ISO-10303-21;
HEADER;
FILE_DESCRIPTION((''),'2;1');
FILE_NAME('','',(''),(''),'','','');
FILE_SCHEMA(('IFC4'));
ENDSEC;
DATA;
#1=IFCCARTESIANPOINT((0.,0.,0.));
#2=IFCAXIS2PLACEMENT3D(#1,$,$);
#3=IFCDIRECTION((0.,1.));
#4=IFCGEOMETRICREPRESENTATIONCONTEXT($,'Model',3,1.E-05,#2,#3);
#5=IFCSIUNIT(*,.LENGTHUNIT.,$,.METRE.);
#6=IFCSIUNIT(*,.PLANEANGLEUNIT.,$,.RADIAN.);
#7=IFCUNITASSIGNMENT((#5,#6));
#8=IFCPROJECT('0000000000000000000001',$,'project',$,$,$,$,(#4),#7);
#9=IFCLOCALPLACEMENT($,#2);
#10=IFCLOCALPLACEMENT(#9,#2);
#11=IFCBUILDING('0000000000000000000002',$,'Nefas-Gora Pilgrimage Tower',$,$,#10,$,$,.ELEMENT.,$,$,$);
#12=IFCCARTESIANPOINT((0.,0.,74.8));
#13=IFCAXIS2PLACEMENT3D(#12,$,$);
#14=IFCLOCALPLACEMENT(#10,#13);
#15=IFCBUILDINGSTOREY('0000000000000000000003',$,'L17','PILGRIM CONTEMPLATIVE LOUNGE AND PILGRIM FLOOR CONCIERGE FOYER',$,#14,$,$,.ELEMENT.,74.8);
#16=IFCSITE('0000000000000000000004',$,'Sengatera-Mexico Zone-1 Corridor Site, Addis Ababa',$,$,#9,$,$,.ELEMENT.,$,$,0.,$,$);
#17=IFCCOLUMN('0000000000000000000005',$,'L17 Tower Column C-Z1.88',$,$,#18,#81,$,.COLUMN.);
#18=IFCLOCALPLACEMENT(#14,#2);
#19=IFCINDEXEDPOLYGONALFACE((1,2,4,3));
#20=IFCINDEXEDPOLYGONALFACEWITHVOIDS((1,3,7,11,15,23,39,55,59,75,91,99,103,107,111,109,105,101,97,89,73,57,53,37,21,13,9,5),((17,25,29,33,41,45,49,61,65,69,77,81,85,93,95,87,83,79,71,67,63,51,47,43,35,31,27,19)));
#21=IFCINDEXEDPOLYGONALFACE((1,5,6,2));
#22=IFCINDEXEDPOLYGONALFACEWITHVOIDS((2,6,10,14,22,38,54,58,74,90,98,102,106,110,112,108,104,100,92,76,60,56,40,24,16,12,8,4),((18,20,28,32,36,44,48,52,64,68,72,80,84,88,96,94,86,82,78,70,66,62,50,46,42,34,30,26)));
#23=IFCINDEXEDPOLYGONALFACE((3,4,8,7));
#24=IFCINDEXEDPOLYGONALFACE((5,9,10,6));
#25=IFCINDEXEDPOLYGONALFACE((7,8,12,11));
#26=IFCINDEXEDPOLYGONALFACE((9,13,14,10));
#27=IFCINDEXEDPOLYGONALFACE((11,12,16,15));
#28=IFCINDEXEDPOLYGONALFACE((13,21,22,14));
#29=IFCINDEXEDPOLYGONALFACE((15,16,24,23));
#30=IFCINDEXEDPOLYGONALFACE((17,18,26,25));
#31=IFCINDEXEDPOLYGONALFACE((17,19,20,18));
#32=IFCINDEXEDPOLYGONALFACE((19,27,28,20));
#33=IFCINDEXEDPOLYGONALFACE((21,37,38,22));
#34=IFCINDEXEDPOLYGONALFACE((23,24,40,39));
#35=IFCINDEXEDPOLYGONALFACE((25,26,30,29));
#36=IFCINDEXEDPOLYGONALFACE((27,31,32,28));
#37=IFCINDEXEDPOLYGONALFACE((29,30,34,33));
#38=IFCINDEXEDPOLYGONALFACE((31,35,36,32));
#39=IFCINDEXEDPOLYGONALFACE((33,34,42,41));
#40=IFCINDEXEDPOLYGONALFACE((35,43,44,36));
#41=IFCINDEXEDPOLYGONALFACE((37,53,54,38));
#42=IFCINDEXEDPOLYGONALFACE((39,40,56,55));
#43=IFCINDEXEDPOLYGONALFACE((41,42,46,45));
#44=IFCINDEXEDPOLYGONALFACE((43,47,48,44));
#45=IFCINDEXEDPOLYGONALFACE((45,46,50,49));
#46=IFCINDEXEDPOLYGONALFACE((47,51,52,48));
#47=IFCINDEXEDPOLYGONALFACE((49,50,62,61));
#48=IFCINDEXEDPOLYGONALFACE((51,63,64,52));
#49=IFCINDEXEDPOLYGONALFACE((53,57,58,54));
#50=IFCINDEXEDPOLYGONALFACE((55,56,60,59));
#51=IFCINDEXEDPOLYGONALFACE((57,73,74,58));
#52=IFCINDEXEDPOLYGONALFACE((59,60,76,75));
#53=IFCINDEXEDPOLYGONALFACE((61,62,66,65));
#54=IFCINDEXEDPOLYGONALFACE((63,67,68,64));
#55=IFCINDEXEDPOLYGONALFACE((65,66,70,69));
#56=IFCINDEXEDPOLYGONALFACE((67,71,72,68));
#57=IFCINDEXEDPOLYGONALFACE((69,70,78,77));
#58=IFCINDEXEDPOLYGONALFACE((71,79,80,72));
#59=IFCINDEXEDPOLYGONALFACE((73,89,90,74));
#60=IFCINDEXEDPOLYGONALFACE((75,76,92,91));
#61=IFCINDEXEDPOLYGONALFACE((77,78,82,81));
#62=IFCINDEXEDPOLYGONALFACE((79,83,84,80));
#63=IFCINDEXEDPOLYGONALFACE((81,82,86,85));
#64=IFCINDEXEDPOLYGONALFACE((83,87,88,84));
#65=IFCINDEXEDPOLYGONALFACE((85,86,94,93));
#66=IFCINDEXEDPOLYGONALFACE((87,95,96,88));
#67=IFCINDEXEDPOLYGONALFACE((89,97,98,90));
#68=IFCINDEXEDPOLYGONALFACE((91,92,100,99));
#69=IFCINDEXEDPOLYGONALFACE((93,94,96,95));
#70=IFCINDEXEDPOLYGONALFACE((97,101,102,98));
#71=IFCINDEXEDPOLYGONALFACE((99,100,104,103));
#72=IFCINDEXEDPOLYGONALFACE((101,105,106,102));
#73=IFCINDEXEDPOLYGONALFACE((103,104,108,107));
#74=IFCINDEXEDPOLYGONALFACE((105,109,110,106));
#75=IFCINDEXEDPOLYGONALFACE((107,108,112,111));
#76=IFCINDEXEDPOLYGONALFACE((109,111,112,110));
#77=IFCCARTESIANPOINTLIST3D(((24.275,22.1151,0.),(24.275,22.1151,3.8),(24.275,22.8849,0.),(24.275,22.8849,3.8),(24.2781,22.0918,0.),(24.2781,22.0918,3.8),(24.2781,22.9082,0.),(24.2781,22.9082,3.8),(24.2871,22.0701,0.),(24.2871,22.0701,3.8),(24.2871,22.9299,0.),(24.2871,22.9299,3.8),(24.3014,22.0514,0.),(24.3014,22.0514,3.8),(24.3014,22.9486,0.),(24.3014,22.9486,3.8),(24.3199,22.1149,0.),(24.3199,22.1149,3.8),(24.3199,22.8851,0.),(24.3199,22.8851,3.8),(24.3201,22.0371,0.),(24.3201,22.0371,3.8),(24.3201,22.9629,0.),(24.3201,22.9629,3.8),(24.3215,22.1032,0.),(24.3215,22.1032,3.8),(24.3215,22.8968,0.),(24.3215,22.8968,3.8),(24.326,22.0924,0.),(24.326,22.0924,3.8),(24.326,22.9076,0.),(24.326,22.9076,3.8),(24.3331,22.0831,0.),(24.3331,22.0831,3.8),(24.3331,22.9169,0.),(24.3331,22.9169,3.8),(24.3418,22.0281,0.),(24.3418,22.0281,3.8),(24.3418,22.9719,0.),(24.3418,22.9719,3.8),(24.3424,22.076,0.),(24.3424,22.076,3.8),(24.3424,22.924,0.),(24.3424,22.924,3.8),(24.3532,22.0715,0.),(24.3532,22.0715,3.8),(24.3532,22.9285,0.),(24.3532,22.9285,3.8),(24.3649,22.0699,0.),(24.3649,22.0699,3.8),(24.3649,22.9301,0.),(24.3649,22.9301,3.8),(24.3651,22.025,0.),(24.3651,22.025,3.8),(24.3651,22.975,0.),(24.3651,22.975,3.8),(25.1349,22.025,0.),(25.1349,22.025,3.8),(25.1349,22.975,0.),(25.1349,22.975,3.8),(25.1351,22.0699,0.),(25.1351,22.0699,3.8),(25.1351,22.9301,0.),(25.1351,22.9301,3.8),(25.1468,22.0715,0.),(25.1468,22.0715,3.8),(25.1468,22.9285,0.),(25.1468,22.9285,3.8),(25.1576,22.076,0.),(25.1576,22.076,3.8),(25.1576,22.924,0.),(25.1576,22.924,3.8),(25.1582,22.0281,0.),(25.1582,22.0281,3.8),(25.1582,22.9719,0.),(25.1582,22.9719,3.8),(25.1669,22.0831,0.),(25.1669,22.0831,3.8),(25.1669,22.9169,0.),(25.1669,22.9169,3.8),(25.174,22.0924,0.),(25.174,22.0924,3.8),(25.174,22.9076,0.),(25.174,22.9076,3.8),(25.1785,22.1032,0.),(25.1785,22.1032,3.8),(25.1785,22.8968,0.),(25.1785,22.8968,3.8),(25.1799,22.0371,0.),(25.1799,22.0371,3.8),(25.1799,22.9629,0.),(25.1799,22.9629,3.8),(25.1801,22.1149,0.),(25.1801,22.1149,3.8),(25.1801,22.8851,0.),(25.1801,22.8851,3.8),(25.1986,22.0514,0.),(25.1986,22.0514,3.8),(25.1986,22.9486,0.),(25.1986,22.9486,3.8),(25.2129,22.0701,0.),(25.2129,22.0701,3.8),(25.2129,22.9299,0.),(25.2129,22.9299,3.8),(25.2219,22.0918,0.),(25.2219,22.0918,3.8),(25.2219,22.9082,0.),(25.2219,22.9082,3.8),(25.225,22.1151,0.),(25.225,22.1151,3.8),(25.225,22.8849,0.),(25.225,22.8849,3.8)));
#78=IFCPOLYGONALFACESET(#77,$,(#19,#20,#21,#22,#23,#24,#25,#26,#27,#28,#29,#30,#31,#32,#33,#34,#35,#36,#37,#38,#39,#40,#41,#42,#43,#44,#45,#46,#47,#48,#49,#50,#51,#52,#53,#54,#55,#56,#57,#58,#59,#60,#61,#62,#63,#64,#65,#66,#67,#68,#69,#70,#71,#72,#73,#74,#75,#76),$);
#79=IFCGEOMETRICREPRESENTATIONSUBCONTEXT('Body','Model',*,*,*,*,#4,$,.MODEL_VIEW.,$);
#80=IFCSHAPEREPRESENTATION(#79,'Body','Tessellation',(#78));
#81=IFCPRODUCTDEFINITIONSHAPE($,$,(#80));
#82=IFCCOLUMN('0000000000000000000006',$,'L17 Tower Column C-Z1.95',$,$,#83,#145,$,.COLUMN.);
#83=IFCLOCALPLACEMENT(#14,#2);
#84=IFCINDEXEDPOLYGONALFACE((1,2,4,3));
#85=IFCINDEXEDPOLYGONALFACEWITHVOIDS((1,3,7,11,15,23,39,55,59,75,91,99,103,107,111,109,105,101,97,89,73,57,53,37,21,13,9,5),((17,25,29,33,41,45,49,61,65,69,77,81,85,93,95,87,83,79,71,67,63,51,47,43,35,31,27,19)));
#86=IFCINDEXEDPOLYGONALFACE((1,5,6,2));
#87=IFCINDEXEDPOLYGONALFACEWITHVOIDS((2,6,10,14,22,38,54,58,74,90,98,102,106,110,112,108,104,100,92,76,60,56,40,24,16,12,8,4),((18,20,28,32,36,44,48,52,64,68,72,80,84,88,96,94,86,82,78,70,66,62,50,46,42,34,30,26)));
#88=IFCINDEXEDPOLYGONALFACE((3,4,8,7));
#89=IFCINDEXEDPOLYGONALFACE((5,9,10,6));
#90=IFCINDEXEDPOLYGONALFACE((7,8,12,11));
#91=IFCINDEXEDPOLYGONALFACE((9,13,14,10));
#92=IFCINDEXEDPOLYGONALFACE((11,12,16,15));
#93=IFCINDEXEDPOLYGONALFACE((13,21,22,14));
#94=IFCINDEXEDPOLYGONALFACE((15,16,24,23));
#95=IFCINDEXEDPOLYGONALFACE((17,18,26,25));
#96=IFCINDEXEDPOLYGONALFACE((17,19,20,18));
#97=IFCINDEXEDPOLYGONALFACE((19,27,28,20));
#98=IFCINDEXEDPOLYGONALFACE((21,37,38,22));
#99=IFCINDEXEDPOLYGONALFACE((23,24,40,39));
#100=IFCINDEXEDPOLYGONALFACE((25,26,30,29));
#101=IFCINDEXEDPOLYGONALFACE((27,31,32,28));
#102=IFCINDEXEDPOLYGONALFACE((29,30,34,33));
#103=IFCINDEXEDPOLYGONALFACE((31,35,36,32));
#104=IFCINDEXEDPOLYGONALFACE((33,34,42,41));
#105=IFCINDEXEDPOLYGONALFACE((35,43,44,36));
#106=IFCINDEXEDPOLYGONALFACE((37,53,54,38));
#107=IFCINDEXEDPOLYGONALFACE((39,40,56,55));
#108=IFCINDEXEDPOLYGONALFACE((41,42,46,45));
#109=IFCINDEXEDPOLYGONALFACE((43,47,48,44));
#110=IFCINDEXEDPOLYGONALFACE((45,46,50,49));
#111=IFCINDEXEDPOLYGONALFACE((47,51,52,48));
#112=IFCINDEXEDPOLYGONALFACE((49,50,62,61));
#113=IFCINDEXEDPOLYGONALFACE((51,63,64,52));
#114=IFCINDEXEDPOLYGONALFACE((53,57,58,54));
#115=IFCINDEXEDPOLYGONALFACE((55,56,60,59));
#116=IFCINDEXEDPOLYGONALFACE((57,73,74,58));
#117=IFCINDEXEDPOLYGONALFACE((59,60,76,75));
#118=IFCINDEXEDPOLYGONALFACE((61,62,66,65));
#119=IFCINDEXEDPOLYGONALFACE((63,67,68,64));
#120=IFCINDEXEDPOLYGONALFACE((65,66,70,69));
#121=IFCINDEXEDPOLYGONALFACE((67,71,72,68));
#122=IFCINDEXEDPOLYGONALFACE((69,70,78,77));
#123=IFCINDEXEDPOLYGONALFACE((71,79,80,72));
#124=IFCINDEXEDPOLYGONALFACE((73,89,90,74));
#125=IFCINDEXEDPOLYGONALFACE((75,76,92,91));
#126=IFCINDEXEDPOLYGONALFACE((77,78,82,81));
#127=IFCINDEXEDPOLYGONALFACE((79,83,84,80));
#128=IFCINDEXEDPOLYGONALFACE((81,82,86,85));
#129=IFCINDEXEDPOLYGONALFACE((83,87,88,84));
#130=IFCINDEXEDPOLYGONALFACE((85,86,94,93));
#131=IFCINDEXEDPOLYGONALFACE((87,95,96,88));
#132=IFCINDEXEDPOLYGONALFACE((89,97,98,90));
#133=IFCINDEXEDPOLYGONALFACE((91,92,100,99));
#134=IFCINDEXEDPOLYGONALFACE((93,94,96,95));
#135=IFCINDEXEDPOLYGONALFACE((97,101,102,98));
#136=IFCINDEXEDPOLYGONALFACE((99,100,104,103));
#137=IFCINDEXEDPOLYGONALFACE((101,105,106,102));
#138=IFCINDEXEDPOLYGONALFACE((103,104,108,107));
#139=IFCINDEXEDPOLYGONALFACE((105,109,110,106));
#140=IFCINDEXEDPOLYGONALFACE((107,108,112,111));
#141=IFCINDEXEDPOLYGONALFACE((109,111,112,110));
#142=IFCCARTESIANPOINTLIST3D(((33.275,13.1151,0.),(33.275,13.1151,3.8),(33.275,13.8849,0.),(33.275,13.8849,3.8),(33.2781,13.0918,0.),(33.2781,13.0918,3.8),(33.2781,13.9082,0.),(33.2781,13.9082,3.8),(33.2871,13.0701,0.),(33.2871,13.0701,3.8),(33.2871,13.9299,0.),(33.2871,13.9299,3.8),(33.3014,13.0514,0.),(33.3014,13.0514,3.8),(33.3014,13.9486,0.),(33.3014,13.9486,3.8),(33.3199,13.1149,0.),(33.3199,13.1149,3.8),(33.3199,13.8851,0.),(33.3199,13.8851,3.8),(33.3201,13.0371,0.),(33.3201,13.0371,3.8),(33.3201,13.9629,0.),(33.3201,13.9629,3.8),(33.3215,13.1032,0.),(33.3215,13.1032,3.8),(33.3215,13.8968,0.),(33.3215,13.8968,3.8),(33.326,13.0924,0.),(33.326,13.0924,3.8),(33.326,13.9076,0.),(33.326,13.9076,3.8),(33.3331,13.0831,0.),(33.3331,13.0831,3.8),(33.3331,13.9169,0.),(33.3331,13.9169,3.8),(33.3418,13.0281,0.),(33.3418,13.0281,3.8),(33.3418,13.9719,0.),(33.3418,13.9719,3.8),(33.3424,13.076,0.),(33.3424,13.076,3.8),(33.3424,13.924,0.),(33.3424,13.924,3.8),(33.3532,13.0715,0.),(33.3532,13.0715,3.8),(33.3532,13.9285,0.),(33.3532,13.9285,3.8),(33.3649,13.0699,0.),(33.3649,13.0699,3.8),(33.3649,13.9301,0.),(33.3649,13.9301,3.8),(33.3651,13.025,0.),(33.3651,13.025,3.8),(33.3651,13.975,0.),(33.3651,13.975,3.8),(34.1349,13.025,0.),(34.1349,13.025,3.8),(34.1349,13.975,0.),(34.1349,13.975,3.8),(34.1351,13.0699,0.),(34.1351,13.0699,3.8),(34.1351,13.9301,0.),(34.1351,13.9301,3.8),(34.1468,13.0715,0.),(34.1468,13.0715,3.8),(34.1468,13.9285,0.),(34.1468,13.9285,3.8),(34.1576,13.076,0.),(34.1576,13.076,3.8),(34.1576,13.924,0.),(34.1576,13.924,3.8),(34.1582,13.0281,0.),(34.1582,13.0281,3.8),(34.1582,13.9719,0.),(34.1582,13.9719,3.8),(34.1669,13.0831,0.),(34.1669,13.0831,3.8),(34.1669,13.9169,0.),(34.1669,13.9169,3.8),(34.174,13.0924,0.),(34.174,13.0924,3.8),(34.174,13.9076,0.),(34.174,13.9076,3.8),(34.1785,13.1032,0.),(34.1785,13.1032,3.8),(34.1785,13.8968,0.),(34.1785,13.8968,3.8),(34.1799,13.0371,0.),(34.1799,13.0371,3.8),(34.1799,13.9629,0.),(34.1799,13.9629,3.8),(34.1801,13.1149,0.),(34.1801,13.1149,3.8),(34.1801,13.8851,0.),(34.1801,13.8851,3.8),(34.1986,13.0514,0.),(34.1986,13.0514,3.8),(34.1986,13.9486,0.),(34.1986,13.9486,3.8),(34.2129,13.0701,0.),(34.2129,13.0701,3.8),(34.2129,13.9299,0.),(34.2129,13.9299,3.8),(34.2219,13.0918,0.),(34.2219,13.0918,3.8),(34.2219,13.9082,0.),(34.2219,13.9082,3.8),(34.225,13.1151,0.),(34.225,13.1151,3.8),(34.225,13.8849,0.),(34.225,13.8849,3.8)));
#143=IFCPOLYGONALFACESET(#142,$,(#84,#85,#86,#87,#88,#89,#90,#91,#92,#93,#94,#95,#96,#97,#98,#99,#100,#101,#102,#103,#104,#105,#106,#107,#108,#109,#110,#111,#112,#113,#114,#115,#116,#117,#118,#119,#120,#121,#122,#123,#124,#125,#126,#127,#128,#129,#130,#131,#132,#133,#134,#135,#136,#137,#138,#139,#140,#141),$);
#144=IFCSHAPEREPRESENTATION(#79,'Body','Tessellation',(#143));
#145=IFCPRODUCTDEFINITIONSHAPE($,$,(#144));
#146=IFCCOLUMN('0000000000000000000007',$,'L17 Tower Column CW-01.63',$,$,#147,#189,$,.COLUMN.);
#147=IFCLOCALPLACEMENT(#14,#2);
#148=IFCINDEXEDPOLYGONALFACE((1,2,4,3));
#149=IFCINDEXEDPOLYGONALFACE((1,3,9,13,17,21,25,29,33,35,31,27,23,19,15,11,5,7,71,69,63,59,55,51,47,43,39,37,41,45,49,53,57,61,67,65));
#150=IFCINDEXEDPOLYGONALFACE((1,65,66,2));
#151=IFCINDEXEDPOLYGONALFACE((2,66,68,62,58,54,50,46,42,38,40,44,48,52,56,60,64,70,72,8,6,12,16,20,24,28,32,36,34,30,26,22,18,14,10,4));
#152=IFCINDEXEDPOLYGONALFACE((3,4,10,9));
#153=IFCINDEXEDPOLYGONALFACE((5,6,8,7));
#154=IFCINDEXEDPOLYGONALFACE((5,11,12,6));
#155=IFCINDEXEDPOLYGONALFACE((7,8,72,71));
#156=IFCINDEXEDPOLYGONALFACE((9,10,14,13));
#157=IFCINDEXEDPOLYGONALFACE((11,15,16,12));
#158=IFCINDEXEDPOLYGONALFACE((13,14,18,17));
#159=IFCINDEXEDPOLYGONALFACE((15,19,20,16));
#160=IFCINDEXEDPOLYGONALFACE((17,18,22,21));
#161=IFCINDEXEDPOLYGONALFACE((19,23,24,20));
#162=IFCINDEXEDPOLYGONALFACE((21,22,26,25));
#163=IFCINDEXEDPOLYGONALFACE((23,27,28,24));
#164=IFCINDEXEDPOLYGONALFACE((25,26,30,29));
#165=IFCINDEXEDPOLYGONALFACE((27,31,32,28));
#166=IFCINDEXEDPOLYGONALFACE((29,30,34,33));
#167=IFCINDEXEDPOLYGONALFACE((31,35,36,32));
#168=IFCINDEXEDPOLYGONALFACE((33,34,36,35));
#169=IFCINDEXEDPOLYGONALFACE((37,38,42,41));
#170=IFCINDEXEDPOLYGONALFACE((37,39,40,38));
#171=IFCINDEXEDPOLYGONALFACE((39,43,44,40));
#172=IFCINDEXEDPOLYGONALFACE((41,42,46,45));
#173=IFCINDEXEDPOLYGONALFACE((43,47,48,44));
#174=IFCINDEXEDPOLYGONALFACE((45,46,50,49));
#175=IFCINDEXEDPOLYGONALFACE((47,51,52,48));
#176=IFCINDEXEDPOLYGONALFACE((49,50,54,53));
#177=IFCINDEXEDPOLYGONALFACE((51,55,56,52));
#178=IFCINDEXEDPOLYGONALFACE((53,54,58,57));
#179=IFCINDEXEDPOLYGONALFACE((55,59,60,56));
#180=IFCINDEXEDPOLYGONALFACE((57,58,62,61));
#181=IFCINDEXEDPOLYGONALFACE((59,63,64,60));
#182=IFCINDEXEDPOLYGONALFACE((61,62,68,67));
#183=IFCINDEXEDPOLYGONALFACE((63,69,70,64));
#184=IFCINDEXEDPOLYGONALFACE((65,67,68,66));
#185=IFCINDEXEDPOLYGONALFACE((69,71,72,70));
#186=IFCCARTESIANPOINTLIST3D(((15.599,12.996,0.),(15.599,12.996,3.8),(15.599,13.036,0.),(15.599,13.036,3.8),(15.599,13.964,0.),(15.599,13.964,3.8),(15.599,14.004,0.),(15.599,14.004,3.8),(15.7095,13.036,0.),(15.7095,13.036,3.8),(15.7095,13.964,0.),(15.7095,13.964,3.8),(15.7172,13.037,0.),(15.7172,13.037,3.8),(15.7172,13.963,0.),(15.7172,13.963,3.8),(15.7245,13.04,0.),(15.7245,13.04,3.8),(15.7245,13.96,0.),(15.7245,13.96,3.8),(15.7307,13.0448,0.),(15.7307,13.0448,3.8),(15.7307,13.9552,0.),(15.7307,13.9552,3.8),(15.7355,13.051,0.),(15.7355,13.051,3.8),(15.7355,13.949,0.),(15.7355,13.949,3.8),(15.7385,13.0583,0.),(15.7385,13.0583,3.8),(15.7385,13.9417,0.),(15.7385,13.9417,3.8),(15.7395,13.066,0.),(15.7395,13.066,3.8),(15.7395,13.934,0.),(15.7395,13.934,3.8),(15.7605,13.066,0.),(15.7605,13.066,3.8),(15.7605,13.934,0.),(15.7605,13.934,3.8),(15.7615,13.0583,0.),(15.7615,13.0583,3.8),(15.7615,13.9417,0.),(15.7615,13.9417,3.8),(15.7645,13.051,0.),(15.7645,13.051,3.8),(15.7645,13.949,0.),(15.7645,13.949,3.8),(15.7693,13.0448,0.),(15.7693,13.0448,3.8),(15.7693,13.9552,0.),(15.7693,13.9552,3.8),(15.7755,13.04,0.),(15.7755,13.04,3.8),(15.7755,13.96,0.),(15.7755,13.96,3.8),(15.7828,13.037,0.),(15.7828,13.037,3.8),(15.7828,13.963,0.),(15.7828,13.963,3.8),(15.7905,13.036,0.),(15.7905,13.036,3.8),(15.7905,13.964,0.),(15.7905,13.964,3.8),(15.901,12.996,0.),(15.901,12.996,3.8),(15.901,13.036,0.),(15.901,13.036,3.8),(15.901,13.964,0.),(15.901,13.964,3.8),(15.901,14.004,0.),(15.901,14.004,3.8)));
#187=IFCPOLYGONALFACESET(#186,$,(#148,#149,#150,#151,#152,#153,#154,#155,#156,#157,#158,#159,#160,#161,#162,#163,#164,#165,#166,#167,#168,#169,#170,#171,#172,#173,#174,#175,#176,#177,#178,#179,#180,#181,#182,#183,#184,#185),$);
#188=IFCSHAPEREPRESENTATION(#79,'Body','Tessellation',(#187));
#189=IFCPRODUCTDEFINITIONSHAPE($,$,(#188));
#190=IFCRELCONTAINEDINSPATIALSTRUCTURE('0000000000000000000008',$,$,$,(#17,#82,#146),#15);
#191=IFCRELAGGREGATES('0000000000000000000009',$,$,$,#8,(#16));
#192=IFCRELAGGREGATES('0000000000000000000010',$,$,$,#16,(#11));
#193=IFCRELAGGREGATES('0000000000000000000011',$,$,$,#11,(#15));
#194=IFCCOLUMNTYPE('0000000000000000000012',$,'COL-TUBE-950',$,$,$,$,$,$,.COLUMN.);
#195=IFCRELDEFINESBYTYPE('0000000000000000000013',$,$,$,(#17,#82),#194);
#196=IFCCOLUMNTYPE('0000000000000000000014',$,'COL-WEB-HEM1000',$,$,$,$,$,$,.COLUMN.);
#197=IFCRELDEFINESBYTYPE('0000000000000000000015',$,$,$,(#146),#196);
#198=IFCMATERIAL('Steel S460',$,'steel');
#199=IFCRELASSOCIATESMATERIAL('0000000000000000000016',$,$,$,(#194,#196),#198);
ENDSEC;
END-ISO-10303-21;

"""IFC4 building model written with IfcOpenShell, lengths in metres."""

from ifc_helpers import new_model, si_unit, direction, frame, origin, origin_2d, place, context, subcontext, project, spatial, hollow_rectangle, i_section, extrude, source, transform, mapped, material, material_profile, profile_set, type_object, element, save


model = new_model("IFC4")

# Units and contexts
model_context = context("Model", 3, precision=1e-05, world=origin(), true_north=direction((0.0, 1.0)))
body_context = subcontext(model_context, "Body", "Model", "MODEL_VIEW")
ifc_project = project(units=[si_unit("LENGTHUNIT", "METRE"), si_unit("PLANEANGLEUNIT", "RADIAN")], contexts=[model_context])

# Site, building, storey
site_placement = place(None, origin())
site = spatial("IfcSite", under=ifc_project, at=site_placement, Name="Sengatera-Mexico Zone-1 Corridor Site, Addis Ababa", CompositionType="ELEMENT", RefElevation=0.0)
building_placement = place(site_placement, origin())
building = spatial("IfcBuilding", under=site, at=building_placement, Name="Nefas-Gora Pilgrimage Tower", CompositionType="ELEMENT")
storey_placement = place(building_placement, frame((0.0, 0.0, 74.8)))
storey = spatial("IfcBuildingStorey", under=building, at=storey_placement, Name="L17", Description="PILGRIM CONTEMPLATIVE LOUNGE AND PILGRIM FLOOR CONCIERGE FOYER", CompositionType="ELEMENT", Elevation=74.8)

# Columns
ifc_material_1 = material(Name="Steel S460", Category="steel")
ifc_material_profile_1 = material_profile(ifc_material_1, hollow_rectangle(XDim=0.95, YDim=0.95, WallThickness=0.0449, InnerFilletRadius=0.0449, OuterFilletRadius=0.0901, at=origin_2d()), Name="BOX 950x950x45")
ifc_profile_set_1 = profile_set([ifc_material_profile_1], Name="Steel S460")
column_type_1 = type_object("IfcColumnType", Name="COL-TUBE-950", PredefinedType="COLUMN", material=ifc_profile_set_1)
shared_shape_1 = source(origin(), body_context, "Body", "SweptSolid", [
    extrude(hollow_rectangle(XDim=0.95, YDim=0.95, WallThickness=0.0449, InnerFilletRadius=0.0449, OuterFilletRadius=0.0901, at=origin_2d()), origin(), (0.0, 0.0, 1.0), 3.8),
])
for number, where, z_axis, x_axis, name in (
    (1, (24.75, 22.5, 0.0), (0.0, 0.0, 1.0), (1.0, 0.0, 0.0), "L17 Tower Column C-Z1.88"),
    (2, (33.75, 13.5, 0.0), (0.0, 0.0, 1.0), (1.0, 0.0, 0.0), "L17 Tower Column C-Z1.95"),
):
    element("IfcColumn", number, at=place(storey_placement, frame(where, z_axis=z_axis, x_axis=x_axis)), inside=storey, type_object=column_type_1, Name=name, PredefinedType="COLUMN", context=body_context, shape_type="MappedRepresentation", body=[
        mapped(shared_shape_1, transform((0.0, 0.0, 0.0), x_axis=(1.0, 0.0, 0.0), y_axis=(0.0, 1.0, 0.0), z_axis=(0.0, 0.0, 1.0), scale=1.0)),
    ])
ifc_material_profile_2 = material_profile(ifc_material_1, i_section(OverallWidth=0.302, OverallDepth=1.0081, WebThickness=0.021, FlangeThickness=0.04, FilletRadius=0.03, at=origin_2d()), Name="HEM 1000")
ifc_profile_set_2 = profile_set([ifc_material_profile_2], Name="Steel S460")
column_type_2 = type_object("IfcColumnType", Name="COL-WEB-HEM1000", PredefinedType="COLUMN", material=ifc_profile_set_2)
shared_shape_2 = source(origin(), body_context, "Body", "SweptSolid", [
    extrude(i_section(OverallWidth=0.302, OverallDepth=1.0081, WebThickness=0.021, FlangeThickness=0.04, FilletRadius=0.03, at=origin_2d()), origin(), (0.0, 0.0, 1.0), 3.8),
])
for number, where, z_axis, x_axis, name in (
    (3, (15.75, 13.5, 0.0), (0.0, 0.0, 1.0), (1.0, 0.0, 0.0), "L17 Tower Column CW-01.63"),
):
    element("IfcColumn", number, at=place(storey_placement, frame(where, z_axis=z_axis, x_axis=x_axis)), inside=storey, type_object=column_type_2, Name=name, PredefinedType="COLUMN", context=body_context, shape_type="MappedRepresentation", body=[
        mapped(shared_shape_2, transform((0.0, 0.0, 0.0), x_axis=(1.0, 0.0, 0.0), y_axis=(0.0, 1.0, 0.0), z_axis=(0.0, 0.0, 1.0), scale=1.0)),
    ])

save(model, "model.ifc")
